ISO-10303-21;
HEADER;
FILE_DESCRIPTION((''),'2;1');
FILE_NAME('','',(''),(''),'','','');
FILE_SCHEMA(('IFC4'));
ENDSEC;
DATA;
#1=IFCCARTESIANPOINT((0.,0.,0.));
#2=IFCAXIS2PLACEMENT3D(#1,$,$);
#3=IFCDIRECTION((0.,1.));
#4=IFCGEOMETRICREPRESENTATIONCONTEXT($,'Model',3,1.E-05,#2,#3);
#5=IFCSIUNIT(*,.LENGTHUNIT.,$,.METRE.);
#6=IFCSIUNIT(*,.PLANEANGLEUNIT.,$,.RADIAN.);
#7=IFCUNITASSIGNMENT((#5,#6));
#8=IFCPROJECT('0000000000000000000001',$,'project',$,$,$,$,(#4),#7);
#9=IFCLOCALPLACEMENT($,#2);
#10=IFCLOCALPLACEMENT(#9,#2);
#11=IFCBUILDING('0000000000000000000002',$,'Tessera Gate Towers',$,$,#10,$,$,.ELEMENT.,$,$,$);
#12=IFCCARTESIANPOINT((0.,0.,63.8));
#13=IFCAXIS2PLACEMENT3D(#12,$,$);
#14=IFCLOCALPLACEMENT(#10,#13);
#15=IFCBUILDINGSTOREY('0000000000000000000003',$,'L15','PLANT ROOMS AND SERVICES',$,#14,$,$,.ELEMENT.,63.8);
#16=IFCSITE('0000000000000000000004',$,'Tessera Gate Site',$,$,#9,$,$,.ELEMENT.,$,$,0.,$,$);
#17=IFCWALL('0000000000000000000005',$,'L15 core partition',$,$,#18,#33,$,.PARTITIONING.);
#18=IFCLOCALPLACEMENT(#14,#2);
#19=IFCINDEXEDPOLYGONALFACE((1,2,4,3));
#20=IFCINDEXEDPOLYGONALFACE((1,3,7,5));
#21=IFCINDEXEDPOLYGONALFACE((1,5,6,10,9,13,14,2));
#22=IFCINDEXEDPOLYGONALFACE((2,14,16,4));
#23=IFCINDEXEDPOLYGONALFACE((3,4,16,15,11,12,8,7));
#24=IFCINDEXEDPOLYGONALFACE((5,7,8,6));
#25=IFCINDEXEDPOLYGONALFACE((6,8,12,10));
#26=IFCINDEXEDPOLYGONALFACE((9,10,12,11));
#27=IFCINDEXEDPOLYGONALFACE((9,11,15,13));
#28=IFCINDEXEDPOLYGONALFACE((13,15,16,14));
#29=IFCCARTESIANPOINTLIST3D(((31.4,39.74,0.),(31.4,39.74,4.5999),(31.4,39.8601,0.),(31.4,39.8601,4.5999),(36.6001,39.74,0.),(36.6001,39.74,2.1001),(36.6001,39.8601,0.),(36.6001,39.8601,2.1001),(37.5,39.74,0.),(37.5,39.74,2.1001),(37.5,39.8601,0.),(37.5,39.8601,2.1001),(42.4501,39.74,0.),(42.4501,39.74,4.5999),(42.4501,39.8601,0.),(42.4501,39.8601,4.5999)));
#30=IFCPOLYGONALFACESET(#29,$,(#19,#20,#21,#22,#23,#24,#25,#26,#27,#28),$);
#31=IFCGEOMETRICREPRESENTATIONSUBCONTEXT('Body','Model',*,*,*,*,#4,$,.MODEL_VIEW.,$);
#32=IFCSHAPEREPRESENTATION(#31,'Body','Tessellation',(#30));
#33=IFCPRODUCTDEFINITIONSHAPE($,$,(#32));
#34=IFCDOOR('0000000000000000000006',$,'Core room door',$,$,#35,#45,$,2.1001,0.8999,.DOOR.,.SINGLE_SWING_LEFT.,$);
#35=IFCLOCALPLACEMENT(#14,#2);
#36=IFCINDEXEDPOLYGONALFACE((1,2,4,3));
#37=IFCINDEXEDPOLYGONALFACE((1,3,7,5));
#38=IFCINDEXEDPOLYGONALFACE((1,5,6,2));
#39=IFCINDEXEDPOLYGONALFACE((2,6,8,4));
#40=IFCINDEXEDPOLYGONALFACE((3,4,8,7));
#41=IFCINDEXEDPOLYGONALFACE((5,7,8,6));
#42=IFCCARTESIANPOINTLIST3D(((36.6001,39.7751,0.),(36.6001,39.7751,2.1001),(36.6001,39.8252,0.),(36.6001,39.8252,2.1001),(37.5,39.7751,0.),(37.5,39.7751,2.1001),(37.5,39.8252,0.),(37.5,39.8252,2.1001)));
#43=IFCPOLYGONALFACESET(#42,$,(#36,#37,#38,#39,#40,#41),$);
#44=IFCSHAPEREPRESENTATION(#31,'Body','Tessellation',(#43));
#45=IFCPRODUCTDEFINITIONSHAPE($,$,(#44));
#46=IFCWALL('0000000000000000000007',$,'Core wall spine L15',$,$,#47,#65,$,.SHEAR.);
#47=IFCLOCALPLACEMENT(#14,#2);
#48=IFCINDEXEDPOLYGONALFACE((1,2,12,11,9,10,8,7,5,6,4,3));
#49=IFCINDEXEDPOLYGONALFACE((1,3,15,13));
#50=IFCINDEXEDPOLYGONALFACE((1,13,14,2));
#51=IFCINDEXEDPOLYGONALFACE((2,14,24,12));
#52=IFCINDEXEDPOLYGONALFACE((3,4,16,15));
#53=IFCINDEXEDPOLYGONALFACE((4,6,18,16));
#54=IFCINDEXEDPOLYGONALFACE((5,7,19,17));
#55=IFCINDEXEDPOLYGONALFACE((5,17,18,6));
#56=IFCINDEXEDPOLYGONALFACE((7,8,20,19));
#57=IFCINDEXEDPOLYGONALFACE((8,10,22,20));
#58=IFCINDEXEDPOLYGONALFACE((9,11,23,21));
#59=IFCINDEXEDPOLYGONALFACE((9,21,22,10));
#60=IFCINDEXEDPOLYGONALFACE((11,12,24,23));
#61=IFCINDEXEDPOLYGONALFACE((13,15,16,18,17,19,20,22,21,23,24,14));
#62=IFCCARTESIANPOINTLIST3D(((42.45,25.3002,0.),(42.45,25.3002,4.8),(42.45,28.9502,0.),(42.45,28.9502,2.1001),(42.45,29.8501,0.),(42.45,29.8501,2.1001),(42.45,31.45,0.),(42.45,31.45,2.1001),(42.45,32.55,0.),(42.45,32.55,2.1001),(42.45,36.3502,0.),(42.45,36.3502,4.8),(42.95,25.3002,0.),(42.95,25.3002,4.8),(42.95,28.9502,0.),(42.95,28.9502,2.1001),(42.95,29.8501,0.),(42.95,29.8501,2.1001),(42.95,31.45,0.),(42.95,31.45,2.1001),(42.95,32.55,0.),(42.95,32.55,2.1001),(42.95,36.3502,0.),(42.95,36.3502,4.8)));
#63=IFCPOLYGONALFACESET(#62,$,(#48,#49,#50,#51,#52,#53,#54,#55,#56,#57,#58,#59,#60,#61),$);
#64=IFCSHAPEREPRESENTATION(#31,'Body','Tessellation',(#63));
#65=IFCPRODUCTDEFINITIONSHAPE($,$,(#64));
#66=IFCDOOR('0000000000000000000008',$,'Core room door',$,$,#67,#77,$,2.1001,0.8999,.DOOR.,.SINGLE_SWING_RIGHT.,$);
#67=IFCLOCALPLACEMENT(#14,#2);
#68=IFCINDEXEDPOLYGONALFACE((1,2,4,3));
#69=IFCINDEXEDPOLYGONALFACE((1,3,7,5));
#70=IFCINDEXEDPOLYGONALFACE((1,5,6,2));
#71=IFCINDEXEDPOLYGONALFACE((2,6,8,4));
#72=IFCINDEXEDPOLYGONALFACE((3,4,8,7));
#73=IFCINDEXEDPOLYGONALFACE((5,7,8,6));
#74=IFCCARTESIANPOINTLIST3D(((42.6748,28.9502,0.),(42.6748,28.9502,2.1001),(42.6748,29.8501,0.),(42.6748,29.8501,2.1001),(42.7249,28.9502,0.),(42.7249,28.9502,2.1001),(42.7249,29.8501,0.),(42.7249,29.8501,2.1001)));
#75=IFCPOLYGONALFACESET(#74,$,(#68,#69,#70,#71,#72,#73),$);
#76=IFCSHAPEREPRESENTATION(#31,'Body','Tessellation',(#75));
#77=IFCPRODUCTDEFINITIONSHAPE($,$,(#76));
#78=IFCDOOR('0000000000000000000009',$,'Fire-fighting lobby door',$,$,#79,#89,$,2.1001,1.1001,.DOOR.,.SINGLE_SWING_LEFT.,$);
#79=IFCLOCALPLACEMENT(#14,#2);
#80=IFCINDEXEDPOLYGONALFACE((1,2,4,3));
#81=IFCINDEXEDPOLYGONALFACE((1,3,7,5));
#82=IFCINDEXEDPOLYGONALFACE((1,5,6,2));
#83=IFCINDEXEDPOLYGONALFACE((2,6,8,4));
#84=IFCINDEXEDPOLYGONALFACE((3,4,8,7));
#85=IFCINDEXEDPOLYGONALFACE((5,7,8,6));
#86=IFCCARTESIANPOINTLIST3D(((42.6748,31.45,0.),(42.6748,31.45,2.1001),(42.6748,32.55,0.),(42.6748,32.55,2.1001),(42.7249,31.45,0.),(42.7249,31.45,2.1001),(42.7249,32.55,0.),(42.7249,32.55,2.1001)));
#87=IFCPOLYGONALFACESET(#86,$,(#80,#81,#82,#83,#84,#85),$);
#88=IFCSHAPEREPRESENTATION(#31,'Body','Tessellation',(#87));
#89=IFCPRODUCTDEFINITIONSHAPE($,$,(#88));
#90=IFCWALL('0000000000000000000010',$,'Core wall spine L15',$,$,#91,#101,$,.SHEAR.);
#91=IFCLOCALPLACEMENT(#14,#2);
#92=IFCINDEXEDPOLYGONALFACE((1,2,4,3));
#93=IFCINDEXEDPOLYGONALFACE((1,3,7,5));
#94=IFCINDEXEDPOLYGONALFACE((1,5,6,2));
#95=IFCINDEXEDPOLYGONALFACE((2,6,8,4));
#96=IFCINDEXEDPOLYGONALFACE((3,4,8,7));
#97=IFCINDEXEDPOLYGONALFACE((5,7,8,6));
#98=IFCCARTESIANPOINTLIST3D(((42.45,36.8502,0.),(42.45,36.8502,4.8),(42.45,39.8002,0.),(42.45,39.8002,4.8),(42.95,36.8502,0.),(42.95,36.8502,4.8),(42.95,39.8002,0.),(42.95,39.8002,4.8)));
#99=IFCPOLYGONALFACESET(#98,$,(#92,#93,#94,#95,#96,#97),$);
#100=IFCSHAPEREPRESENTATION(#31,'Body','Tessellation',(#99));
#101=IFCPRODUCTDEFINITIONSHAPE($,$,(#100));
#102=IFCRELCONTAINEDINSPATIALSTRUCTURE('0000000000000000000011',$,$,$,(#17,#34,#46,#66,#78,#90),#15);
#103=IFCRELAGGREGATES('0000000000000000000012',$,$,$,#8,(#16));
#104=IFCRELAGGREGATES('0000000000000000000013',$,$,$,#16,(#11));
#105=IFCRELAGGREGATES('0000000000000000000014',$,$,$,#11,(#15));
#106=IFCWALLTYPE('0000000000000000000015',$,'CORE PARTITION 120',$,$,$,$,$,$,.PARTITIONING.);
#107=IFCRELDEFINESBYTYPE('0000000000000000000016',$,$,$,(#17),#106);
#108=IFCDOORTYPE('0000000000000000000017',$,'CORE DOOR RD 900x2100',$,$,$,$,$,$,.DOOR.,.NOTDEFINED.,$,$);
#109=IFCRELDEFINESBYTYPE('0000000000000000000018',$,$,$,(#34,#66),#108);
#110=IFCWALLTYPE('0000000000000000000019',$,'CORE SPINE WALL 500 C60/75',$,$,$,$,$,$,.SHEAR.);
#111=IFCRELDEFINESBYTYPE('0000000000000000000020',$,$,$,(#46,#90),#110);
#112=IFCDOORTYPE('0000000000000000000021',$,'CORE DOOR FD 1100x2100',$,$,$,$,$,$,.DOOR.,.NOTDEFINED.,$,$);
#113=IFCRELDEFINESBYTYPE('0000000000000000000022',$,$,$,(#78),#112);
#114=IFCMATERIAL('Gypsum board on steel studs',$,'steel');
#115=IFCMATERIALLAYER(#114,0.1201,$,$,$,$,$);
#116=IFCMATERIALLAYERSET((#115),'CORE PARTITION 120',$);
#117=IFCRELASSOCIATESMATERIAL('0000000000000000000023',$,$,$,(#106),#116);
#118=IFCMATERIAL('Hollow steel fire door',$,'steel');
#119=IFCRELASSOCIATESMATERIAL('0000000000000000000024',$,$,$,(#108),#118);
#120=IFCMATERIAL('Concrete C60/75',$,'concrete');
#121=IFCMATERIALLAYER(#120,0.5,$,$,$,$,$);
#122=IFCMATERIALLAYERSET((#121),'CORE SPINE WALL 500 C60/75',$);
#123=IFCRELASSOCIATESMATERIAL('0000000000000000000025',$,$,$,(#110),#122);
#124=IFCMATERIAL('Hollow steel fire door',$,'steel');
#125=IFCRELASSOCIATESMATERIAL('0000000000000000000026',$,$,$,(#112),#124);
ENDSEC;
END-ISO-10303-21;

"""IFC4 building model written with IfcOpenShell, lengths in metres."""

from ifc_helpers import new_model, si_unit, direction, frame, frame_2d, origin, place, context, subcontext, project, spatial, rectangle, extrude, source, transform, mapped, material, layer, layer_set, type_object, element, fill, save


model = new_model("IFC4")

# Units and contexts
model_context = context("Model", 3, precision=1e-05, world=origin(), true_north=direction((0.0, 1.0)))
body_context = subcontext(model_context, "Body", "Model", "MODEL_VIEW")
ifc_project = project(units=[si_unit("LENGTHUNIT", "METRE"), si_unit("PLANEANGLEUNIT", "RADIAN")], contexts=[model_context])

# Site, building, storey
site_placement = place(None, origin())
site = spatial("IfcSite", under=ifc_project, at=site_placement, Name="Tessera Gate Site", CompositionType="ELEMENT", RefElevation=0.0)
building_placement = place(site_placement, origin())
building = spatial("IfcBuilding", under=site, at=building_placement, Name="Tessera Gate Towers", CompositionType="ELEMENT")
storey_placement = place(building_placement, frame((0.0, 0.0, 63.8)))
storey = spatial("IfcBuildingStorey", under=building, at=storey_placement, Name="L15", Description="PLANT ROOMS AND SERVICES", CompositionType="ELEMENT", Elevation=63.8)

# Wall, opening, door
ifc_material_1 = material(Name="Gypsum board on steel studs", Category="steel")
ifc_layer_1 = layer(ifc_material_1, 0.1201)
ifc_layer_set_1 = layer_set([ifc_layer_1], Name="CORE PARTITION 120")
wall_type_1 = type_object("IfcWallType", Name="CORE PARTITION 120", PredefinedType="PARTITIONING", material=ifc_layer_set_1)
wall_1_placement = place(storey_placement, frame((42.45, 39.8, 0.0), z_axis=(0.0, 0.0, 1.0), x_axis=(-1.0, 0.0, 0.0)))
wall_1 = element("IfcWall", 1, at=wall_1_placement, inside=storey, type_object=wall_type_1, Name="L15 core partition", PredefinedType="PARTITIONING", context=body_context, shape_type="SweptSolid", body=[
    extrude(rectangle(XDim=11.05, YDim=0.1201, at=frame_2d((5.5249, 0.0))), origin(), (0.0, 0.0, 1.0), 4.5999),
])
shared_shape_1 = source(origin(), body_context, "Body", "SweptSolid", [
    extrude(rectangle(XDim=0.8999, YDim=2.1001, at=frame_2d((0.45, 1.05))), frame((0.0, 0.0701, 0.0), z_axis=(0.0, -1.0, 0.0), x_axis=(1.0, 0.0, 0.0)), (0.0, 0.0, 1.0), 0.1401),
])
opening_1_placement = place(wall_1_placement, frame((4.95, 0.0, 0.0)))
opening_1 = element("IfcOpeningElement", 2, at=opening_1_placement, cuts=wall_1, PredefinedType="OPENING", context=body_context, shape_type="MappedRepresentation", body=[
    mapped(shared_shape_1, transform((0.0, 0.0, 0.0), scale=1.0)),
])
ifc_material_2 = material(Name="Hollow steel fire door", Category="steel")
door_type_1 = type_object("IfcDoorType", Name="CORE DOOR RD 900x2100", OperationType="NOTDEFINED", PredefinedType="DOOR", material=ifc_material_2)
shared_shape_2 = source(origin(), body_context, "Body", "SweptSolid", [
    extrude(rectangle(XDim=0.8999, YDim=2.1001, at=frame_2d((0.45, 1.05))), frame((0.0, 0.0249, 0.0), z_axis=(0.0, -1.0, 0.0), x_axis=(1.0, 0.0, 0.0)), (0.0, 0.0, 1.0), 0.05),
])
door_1_placement = place(opening_1_placement, origin())
door_1 = element("IfcDoor", 3, at=door_1_placement, inside=storey, type_object=door_type_1, Name="Core room door", OperationType="SINGLE_SWING_LEFT", OverallHeight=2.1001, OverallWidth=0.8999, PredefinedType="DOOR", context=body_context, shape_type="MappedRepresentation", body=[
    mapped(shared_shape_2, transform((0.0, 0.0, 0.0), scale=1.0)),
])
fill(opening_1, door_1)

# Wall, openings, doors
ifc_material_3 = material(Name="Concrete C60/75", Category="concrete")
ifc_layer_2 = layer(ifc_material_3, 0.5)
ifc_layer_set_2 = layer_set([ifc_layer_2], Name="CORE SPINE WALL 500 C60/75")
wall_type_2 = type_object("IfcWallType", Name="CORE SPINE WALL 500 C60/75", PredefinedType="SHEAR", material=ifc_layer_set_2)
wall_2_placement = place(storey_placement, frame((42.7, 36.3501, 0.0), z_axis=(0.0, 0.0, 1.0), x_axis=(0.0, -1.0, 0.0)))
wall_2 = element("IfcWall", 4, at=wall_2_placement, inside=storey, type_object=wall_type_2, Name="Core wall spine L15", PredefinedType="SHEAR", context=body_context, shape_type="SweptSolid", body=[
    extrude(rectangle(XDim=11.05, YDim=0.5, at=frame_2d((5.5249, 0.0))), origin(), (0.0, 0.0, 1.0), 4.8),
])
shared_shape_3 = source(origin(), body_context, "Body", "SweptSolid", [
    extrude(rectangle(XDim=0.8999, YDim=2.1001, at=frame_2d((0.45, 1.05))), frame((0.0, 0.26, 0.0), z_axis=(0.0, -1.0, 0.0), x_axis=(1.0, 0.0, 0.0)), (0.0, 0.0, 1.0), 0.52),
])
opening_2_placement = place(wall_2_placement, frame((6.5, 0.0, 0.0)))
opening_2 = element("IfcOpeningElement", 5, at=opening_2_placement, cuts=wall_2, PredefinedType="OPENING", context=body_context, shape_type="MappedRepresentation", body=[
    mapped(shared_shape_3, transform((0.0, 0.0, 0.0), scale=1.0)),
])
shared_shape_4 = source(origin(), body_context, "Body", "SweptSolid", [
    extrude(rectangle(XDim=1.1001, YDim=2.1001, at=frame_2d((0.55, 1.05))), frame((0.0, 0.26, 0.0), z_axis=(0.0, -1.0, 0.0), x_axis=(1.0, 0.0, 0.0)), (0.0, 0.0, 1.0), 0.52),
])
opening_3_placement = place(wall_2_placement, frame((3.8, 0.0, 0.0)))
opening_3 = element("IfcOpeningElement", 6, at=opening_3_placement, cuts=wall_2, PredefinedType="OPENING", context=body_context, shape_type="MappedRepresentation", body=[
    mapped(shared_shape_4, transform((0.0, 0.0, 0.0), scale=1.0)),
])
door_2_placement = place(opening_2_placement, origin())
door_2 = element("IfcDoor", 7, at=door_2_placement, inside=storey, type_object=door_type_1, Name="Core room door", OperationType="SINGLE_SWING_RIGHT", OverallHeight=2.1001, OverallWidth=0.8999, PredefinedType="DOOR", context=body_context, shape_type="MappedRepresentation", body=[
    mapped(shared_shape_2, transform((0.0, 0.0, 0.0), scale=1.0)),
])
fill(opening_2, door_2)
ifc_material_4 = material(Name="Hollow steel fire door", Category="steel")
door_type_2 = type_object("IfcDoorType", Name="CORE DOOR FD 1100x2100", OperationType="NOTDEFINED", PredefinedType="DOOR", material=ifc_material_4)
shared_shape_5 = source(origin(), body_context, "Body", "SweptSolid", [
    extrude(rectangle(XDim=1.1001, YDim=2.1001, at=frame_2d((0.55, 1.05))), frame((0.0, 0.0249, 0.0), z_axis=(0.0, -1.0, 0.0), x_axis=(1.0, 0.0, 0.0)), (0.0, 0.0, 1.0), 0.05),
])
door_3_placement = place(opening_3_placement, origin())
door_3 = element("IfcDoor", 8, at=door_3_placement, inside=storey, type_object=door_type_2, Name="Fire-fighting lobby door", OperationType="SINGLE_SWING_LEFT", OverallHeight=2.1001, OverallWidth=1.1001, PredefinedType="DOOR", context=body_context, shape_type="MappedRepresentation", body=[
    mapped(shared_shape_5, transform((0.0, 0.0, 0.0), scale=1.0)),
])
fill(opening_3, door_3)

# Wall
wall_3_placement = place(storey_placement, frame((42.7, 36.8501, 0.0), z_axis=(0.0, 0.0, 1.0), x_axis=(0.0, 1.0, 0.0)))
element("IfcWall", 9, at=wall_3_placement, inside=storey, type_object=wall_type_2, Name="Core wall spine L15", PredefinedType="SHEAR", context=body_context, shape_type="SweptSolid", body=[
    extrude(rectangle(XDim=2.95, YDim=0.5, at=frame_2d((1.4751, 0.0))), origin(), (0.0, 0.0, 1.0), 4.8),
])

save(model, "model.ifc")
